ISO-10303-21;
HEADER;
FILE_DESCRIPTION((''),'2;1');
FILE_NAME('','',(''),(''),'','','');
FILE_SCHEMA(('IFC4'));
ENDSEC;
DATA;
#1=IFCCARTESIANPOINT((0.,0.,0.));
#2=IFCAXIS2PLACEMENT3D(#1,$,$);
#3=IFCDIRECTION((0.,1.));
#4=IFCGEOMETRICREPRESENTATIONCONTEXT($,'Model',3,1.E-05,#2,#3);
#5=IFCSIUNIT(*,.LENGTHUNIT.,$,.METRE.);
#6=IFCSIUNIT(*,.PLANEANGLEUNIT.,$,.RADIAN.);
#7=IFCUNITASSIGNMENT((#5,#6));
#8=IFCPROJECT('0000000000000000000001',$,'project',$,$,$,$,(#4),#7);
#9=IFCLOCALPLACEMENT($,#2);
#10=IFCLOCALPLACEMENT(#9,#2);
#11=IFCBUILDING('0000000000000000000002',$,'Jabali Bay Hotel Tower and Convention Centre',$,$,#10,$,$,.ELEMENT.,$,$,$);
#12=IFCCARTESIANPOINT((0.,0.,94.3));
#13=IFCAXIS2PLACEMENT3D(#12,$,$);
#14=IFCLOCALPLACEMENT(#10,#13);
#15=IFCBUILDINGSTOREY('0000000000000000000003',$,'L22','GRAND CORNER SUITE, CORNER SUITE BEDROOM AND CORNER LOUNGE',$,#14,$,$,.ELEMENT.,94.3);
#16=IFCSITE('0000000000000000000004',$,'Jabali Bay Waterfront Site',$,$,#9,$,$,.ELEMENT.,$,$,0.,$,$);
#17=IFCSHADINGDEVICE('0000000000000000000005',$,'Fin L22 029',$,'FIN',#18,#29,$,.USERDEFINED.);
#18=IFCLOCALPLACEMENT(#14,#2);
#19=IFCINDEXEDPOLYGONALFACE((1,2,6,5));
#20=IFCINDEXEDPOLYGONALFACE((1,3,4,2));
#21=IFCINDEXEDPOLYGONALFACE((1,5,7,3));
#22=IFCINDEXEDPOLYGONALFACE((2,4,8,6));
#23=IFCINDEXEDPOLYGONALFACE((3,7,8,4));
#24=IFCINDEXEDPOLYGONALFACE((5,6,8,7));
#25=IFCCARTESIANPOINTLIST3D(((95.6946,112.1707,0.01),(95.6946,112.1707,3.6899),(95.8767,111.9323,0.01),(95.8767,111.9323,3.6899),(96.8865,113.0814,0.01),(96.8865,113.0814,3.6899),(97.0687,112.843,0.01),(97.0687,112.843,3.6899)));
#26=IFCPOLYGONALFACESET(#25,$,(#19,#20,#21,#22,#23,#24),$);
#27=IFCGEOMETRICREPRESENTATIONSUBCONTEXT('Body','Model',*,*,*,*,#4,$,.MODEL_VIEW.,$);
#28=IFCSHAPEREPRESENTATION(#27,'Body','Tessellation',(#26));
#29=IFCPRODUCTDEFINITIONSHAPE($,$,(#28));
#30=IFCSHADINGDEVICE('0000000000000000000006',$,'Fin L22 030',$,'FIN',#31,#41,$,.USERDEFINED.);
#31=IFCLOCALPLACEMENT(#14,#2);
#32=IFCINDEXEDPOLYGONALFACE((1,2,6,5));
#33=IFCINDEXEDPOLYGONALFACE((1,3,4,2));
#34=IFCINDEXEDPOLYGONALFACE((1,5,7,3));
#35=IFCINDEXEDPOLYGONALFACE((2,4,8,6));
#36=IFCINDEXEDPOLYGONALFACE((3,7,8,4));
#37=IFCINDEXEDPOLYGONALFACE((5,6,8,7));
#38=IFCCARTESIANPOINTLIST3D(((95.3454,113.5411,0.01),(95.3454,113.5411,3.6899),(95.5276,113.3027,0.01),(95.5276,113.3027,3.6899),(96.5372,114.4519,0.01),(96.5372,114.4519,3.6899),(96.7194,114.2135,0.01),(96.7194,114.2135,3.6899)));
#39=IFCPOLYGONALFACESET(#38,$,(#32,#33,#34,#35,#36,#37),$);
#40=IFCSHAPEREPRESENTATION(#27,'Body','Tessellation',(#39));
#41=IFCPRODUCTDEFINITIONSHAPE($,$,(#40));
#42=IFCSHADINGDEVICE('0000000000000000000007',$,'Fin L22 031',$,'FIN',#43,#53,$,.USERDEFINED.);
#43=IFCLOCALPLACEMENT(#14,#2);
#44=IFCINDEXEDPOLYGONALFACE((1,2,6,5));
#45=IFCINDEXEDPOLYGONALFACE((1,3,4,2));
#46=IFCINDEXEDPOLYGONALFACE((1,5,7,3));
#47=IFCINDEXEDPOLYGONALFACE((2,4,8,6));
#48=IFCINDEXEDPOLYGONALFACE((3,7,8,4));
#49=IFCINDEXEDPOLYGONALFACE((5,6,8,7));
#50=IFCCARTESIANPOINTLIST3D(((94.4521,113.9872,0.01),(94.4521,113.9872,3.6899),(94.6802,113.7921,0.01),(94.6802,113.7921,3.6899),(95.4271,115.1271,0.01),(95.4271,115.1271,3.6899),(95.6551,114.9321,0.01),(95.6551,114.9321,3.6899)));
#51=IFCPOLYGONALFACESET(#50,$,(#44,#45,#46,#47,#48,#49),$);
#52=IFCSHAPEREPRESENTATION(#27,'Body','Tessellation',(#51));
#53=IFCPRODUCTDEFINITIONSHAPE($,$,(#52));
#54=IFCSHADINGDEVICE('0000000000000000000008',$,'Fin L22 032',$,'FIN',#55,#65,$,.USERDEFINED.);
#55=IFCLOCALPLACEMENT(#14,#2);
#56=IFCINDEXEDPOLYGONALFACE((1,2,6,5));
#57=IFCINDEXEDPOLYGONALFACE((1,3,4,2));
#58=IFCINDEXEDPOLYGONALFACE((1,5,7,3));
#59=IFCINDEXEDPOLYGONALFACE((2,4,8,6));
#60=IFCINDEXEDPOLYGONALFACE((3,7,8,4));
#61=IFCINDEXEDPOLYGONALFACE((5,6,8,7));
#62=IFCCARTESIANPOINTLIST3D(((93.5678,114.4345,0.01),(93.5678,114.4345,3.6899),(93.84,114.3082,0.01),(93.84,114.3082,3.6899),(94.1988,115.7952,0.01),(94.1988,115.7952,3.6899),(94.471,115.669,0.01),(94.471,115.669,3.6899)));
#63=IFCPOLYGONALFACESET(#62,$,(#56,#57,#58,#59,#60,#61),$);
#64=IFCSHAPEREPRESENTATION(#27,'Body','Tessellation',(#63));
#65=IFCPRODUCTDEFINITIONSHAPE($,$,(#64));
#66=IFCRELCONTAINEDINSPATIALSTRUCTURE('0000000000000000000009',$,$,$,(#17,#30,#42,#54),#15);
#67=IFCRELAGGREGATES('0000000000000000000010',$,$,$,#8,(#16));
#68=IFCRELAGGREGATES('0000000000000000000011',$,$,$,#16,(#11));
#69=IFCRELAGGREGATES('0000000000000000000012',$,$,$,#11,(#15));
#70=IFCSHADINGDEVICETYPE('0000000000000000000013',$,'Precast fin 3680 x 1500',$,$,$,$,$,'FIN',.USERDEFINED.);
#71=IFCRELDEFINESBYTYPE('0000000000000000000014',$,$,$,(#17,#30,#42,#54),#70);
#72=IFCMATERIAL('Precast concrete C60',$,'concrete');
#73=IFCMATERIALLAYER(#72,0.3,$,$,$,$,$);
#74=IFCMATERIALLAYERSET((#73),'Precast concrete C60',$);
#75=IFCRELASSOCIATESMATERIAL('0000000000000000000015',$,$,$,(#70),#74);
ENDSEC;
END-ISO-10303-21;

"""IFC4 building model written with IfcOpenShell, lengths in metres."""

from ifc_helpers import new_model, si_unit, direction, frame, frame_2d, origin, place, context, subcontext, project, spatial, rectangle, extrude, material, layer, layer_set, type_object, element, save


model = new_model("IFC4")

# Units and contexts
model_context = context("Model", 3, precision=1e-05, world=origin(), true_north=direction((0.0, 1.0)))
body_context = subcontext(model_context, "Body", "Model", "MODEL_VIEW")
ifc_project = project(units=[si_unit("LENGTHUNIT", "METRE"), si_unit("PLANEANGLEUNIT", "RADIAN")], contexts=[model_context])

# Site, building, storey
site_placement = place(None, origin())
site = spatial("IfcSite", under=ifc_project, at=site_placement, Name="Jabali Bay Waterfront Site", CompositionType="ELEMENT", RefElevation=0.0)
building_placement = place(site_placement, origin())
building = spatial("IfcBuilding", under=site, at=building_placement, Name="Jabali Bay Hotel Tower and Convention Centre", CompositionType="ELEMENT")
storey_placement = place(building_placement, frame((0.0, 0.0, 94.3)))
storey = spatial("IfcBuildingStorey", under=building, at=storey_placement, Name="L22", Description="GRAND CORNER SUITE, CORNER SUITE BEDROOM AND CORNER LOUNGE", CompositionType="ELEMENT", Elevation=94.3)

# Shading devices
ifc_material_1 = material(Name="Precast concrete C60", Category="concrete")
ifc_layer_1 = layer(ifc_material_1, 0.3)
ifc_layer_set_1 = layer_set([ifc_layer_1], Name="Precast concrete C60")
shading_device_type_1 = type_object("IfcShadingDeviceType", Name="Precast fin 3680 x 1500", ElementType="FIN", PredefinedType="USERDEFINED", material=ifc_layer_set_1)
for number, where, z_axis, x_axis, name in (
    (1, (95.7856, 112.0515, 0.01), (0.0, 0.0, 1.0), (0.794616, 0.607112, 0.0), "Fin L22 029"),
    (2, (95.4365, 113.4219, 0.01), (0.0, 0.0, 1.0), (0.794538, 0.607214, 0.0), "Fin L22 030"),
    (3, (94.5662, 113.8896, 0.01), (0.0, 0.0, 1.0), (0.649946, 0.75998, 0.0), "Fin L22 031"),
    (4, (93.7039, 114.3713, 0.01), (0.0, 0.0, 1.0), (0.420719, 0.907191, 0.0), "Fin L22 032"),
):
    element("IfcShadingDevice", number, at=place(storey_placement, frame(where, z_axis=z_axis, x_axis=x_axis)), inside=storey, type_object=shading_device_type_1, Name=name, ObjectType="FIN", PredefinedType="USERDEFINED", context=body_context, shape_type="SweptSolid", body=[
        extrude(rectangle(XDim=1.5, YDim=0.3, at=frame_2d((0.75, 0.0))), origin(), (0.0, 0.0, 1.0), 3.6799),
    ])

save(model, "model.ifc")
